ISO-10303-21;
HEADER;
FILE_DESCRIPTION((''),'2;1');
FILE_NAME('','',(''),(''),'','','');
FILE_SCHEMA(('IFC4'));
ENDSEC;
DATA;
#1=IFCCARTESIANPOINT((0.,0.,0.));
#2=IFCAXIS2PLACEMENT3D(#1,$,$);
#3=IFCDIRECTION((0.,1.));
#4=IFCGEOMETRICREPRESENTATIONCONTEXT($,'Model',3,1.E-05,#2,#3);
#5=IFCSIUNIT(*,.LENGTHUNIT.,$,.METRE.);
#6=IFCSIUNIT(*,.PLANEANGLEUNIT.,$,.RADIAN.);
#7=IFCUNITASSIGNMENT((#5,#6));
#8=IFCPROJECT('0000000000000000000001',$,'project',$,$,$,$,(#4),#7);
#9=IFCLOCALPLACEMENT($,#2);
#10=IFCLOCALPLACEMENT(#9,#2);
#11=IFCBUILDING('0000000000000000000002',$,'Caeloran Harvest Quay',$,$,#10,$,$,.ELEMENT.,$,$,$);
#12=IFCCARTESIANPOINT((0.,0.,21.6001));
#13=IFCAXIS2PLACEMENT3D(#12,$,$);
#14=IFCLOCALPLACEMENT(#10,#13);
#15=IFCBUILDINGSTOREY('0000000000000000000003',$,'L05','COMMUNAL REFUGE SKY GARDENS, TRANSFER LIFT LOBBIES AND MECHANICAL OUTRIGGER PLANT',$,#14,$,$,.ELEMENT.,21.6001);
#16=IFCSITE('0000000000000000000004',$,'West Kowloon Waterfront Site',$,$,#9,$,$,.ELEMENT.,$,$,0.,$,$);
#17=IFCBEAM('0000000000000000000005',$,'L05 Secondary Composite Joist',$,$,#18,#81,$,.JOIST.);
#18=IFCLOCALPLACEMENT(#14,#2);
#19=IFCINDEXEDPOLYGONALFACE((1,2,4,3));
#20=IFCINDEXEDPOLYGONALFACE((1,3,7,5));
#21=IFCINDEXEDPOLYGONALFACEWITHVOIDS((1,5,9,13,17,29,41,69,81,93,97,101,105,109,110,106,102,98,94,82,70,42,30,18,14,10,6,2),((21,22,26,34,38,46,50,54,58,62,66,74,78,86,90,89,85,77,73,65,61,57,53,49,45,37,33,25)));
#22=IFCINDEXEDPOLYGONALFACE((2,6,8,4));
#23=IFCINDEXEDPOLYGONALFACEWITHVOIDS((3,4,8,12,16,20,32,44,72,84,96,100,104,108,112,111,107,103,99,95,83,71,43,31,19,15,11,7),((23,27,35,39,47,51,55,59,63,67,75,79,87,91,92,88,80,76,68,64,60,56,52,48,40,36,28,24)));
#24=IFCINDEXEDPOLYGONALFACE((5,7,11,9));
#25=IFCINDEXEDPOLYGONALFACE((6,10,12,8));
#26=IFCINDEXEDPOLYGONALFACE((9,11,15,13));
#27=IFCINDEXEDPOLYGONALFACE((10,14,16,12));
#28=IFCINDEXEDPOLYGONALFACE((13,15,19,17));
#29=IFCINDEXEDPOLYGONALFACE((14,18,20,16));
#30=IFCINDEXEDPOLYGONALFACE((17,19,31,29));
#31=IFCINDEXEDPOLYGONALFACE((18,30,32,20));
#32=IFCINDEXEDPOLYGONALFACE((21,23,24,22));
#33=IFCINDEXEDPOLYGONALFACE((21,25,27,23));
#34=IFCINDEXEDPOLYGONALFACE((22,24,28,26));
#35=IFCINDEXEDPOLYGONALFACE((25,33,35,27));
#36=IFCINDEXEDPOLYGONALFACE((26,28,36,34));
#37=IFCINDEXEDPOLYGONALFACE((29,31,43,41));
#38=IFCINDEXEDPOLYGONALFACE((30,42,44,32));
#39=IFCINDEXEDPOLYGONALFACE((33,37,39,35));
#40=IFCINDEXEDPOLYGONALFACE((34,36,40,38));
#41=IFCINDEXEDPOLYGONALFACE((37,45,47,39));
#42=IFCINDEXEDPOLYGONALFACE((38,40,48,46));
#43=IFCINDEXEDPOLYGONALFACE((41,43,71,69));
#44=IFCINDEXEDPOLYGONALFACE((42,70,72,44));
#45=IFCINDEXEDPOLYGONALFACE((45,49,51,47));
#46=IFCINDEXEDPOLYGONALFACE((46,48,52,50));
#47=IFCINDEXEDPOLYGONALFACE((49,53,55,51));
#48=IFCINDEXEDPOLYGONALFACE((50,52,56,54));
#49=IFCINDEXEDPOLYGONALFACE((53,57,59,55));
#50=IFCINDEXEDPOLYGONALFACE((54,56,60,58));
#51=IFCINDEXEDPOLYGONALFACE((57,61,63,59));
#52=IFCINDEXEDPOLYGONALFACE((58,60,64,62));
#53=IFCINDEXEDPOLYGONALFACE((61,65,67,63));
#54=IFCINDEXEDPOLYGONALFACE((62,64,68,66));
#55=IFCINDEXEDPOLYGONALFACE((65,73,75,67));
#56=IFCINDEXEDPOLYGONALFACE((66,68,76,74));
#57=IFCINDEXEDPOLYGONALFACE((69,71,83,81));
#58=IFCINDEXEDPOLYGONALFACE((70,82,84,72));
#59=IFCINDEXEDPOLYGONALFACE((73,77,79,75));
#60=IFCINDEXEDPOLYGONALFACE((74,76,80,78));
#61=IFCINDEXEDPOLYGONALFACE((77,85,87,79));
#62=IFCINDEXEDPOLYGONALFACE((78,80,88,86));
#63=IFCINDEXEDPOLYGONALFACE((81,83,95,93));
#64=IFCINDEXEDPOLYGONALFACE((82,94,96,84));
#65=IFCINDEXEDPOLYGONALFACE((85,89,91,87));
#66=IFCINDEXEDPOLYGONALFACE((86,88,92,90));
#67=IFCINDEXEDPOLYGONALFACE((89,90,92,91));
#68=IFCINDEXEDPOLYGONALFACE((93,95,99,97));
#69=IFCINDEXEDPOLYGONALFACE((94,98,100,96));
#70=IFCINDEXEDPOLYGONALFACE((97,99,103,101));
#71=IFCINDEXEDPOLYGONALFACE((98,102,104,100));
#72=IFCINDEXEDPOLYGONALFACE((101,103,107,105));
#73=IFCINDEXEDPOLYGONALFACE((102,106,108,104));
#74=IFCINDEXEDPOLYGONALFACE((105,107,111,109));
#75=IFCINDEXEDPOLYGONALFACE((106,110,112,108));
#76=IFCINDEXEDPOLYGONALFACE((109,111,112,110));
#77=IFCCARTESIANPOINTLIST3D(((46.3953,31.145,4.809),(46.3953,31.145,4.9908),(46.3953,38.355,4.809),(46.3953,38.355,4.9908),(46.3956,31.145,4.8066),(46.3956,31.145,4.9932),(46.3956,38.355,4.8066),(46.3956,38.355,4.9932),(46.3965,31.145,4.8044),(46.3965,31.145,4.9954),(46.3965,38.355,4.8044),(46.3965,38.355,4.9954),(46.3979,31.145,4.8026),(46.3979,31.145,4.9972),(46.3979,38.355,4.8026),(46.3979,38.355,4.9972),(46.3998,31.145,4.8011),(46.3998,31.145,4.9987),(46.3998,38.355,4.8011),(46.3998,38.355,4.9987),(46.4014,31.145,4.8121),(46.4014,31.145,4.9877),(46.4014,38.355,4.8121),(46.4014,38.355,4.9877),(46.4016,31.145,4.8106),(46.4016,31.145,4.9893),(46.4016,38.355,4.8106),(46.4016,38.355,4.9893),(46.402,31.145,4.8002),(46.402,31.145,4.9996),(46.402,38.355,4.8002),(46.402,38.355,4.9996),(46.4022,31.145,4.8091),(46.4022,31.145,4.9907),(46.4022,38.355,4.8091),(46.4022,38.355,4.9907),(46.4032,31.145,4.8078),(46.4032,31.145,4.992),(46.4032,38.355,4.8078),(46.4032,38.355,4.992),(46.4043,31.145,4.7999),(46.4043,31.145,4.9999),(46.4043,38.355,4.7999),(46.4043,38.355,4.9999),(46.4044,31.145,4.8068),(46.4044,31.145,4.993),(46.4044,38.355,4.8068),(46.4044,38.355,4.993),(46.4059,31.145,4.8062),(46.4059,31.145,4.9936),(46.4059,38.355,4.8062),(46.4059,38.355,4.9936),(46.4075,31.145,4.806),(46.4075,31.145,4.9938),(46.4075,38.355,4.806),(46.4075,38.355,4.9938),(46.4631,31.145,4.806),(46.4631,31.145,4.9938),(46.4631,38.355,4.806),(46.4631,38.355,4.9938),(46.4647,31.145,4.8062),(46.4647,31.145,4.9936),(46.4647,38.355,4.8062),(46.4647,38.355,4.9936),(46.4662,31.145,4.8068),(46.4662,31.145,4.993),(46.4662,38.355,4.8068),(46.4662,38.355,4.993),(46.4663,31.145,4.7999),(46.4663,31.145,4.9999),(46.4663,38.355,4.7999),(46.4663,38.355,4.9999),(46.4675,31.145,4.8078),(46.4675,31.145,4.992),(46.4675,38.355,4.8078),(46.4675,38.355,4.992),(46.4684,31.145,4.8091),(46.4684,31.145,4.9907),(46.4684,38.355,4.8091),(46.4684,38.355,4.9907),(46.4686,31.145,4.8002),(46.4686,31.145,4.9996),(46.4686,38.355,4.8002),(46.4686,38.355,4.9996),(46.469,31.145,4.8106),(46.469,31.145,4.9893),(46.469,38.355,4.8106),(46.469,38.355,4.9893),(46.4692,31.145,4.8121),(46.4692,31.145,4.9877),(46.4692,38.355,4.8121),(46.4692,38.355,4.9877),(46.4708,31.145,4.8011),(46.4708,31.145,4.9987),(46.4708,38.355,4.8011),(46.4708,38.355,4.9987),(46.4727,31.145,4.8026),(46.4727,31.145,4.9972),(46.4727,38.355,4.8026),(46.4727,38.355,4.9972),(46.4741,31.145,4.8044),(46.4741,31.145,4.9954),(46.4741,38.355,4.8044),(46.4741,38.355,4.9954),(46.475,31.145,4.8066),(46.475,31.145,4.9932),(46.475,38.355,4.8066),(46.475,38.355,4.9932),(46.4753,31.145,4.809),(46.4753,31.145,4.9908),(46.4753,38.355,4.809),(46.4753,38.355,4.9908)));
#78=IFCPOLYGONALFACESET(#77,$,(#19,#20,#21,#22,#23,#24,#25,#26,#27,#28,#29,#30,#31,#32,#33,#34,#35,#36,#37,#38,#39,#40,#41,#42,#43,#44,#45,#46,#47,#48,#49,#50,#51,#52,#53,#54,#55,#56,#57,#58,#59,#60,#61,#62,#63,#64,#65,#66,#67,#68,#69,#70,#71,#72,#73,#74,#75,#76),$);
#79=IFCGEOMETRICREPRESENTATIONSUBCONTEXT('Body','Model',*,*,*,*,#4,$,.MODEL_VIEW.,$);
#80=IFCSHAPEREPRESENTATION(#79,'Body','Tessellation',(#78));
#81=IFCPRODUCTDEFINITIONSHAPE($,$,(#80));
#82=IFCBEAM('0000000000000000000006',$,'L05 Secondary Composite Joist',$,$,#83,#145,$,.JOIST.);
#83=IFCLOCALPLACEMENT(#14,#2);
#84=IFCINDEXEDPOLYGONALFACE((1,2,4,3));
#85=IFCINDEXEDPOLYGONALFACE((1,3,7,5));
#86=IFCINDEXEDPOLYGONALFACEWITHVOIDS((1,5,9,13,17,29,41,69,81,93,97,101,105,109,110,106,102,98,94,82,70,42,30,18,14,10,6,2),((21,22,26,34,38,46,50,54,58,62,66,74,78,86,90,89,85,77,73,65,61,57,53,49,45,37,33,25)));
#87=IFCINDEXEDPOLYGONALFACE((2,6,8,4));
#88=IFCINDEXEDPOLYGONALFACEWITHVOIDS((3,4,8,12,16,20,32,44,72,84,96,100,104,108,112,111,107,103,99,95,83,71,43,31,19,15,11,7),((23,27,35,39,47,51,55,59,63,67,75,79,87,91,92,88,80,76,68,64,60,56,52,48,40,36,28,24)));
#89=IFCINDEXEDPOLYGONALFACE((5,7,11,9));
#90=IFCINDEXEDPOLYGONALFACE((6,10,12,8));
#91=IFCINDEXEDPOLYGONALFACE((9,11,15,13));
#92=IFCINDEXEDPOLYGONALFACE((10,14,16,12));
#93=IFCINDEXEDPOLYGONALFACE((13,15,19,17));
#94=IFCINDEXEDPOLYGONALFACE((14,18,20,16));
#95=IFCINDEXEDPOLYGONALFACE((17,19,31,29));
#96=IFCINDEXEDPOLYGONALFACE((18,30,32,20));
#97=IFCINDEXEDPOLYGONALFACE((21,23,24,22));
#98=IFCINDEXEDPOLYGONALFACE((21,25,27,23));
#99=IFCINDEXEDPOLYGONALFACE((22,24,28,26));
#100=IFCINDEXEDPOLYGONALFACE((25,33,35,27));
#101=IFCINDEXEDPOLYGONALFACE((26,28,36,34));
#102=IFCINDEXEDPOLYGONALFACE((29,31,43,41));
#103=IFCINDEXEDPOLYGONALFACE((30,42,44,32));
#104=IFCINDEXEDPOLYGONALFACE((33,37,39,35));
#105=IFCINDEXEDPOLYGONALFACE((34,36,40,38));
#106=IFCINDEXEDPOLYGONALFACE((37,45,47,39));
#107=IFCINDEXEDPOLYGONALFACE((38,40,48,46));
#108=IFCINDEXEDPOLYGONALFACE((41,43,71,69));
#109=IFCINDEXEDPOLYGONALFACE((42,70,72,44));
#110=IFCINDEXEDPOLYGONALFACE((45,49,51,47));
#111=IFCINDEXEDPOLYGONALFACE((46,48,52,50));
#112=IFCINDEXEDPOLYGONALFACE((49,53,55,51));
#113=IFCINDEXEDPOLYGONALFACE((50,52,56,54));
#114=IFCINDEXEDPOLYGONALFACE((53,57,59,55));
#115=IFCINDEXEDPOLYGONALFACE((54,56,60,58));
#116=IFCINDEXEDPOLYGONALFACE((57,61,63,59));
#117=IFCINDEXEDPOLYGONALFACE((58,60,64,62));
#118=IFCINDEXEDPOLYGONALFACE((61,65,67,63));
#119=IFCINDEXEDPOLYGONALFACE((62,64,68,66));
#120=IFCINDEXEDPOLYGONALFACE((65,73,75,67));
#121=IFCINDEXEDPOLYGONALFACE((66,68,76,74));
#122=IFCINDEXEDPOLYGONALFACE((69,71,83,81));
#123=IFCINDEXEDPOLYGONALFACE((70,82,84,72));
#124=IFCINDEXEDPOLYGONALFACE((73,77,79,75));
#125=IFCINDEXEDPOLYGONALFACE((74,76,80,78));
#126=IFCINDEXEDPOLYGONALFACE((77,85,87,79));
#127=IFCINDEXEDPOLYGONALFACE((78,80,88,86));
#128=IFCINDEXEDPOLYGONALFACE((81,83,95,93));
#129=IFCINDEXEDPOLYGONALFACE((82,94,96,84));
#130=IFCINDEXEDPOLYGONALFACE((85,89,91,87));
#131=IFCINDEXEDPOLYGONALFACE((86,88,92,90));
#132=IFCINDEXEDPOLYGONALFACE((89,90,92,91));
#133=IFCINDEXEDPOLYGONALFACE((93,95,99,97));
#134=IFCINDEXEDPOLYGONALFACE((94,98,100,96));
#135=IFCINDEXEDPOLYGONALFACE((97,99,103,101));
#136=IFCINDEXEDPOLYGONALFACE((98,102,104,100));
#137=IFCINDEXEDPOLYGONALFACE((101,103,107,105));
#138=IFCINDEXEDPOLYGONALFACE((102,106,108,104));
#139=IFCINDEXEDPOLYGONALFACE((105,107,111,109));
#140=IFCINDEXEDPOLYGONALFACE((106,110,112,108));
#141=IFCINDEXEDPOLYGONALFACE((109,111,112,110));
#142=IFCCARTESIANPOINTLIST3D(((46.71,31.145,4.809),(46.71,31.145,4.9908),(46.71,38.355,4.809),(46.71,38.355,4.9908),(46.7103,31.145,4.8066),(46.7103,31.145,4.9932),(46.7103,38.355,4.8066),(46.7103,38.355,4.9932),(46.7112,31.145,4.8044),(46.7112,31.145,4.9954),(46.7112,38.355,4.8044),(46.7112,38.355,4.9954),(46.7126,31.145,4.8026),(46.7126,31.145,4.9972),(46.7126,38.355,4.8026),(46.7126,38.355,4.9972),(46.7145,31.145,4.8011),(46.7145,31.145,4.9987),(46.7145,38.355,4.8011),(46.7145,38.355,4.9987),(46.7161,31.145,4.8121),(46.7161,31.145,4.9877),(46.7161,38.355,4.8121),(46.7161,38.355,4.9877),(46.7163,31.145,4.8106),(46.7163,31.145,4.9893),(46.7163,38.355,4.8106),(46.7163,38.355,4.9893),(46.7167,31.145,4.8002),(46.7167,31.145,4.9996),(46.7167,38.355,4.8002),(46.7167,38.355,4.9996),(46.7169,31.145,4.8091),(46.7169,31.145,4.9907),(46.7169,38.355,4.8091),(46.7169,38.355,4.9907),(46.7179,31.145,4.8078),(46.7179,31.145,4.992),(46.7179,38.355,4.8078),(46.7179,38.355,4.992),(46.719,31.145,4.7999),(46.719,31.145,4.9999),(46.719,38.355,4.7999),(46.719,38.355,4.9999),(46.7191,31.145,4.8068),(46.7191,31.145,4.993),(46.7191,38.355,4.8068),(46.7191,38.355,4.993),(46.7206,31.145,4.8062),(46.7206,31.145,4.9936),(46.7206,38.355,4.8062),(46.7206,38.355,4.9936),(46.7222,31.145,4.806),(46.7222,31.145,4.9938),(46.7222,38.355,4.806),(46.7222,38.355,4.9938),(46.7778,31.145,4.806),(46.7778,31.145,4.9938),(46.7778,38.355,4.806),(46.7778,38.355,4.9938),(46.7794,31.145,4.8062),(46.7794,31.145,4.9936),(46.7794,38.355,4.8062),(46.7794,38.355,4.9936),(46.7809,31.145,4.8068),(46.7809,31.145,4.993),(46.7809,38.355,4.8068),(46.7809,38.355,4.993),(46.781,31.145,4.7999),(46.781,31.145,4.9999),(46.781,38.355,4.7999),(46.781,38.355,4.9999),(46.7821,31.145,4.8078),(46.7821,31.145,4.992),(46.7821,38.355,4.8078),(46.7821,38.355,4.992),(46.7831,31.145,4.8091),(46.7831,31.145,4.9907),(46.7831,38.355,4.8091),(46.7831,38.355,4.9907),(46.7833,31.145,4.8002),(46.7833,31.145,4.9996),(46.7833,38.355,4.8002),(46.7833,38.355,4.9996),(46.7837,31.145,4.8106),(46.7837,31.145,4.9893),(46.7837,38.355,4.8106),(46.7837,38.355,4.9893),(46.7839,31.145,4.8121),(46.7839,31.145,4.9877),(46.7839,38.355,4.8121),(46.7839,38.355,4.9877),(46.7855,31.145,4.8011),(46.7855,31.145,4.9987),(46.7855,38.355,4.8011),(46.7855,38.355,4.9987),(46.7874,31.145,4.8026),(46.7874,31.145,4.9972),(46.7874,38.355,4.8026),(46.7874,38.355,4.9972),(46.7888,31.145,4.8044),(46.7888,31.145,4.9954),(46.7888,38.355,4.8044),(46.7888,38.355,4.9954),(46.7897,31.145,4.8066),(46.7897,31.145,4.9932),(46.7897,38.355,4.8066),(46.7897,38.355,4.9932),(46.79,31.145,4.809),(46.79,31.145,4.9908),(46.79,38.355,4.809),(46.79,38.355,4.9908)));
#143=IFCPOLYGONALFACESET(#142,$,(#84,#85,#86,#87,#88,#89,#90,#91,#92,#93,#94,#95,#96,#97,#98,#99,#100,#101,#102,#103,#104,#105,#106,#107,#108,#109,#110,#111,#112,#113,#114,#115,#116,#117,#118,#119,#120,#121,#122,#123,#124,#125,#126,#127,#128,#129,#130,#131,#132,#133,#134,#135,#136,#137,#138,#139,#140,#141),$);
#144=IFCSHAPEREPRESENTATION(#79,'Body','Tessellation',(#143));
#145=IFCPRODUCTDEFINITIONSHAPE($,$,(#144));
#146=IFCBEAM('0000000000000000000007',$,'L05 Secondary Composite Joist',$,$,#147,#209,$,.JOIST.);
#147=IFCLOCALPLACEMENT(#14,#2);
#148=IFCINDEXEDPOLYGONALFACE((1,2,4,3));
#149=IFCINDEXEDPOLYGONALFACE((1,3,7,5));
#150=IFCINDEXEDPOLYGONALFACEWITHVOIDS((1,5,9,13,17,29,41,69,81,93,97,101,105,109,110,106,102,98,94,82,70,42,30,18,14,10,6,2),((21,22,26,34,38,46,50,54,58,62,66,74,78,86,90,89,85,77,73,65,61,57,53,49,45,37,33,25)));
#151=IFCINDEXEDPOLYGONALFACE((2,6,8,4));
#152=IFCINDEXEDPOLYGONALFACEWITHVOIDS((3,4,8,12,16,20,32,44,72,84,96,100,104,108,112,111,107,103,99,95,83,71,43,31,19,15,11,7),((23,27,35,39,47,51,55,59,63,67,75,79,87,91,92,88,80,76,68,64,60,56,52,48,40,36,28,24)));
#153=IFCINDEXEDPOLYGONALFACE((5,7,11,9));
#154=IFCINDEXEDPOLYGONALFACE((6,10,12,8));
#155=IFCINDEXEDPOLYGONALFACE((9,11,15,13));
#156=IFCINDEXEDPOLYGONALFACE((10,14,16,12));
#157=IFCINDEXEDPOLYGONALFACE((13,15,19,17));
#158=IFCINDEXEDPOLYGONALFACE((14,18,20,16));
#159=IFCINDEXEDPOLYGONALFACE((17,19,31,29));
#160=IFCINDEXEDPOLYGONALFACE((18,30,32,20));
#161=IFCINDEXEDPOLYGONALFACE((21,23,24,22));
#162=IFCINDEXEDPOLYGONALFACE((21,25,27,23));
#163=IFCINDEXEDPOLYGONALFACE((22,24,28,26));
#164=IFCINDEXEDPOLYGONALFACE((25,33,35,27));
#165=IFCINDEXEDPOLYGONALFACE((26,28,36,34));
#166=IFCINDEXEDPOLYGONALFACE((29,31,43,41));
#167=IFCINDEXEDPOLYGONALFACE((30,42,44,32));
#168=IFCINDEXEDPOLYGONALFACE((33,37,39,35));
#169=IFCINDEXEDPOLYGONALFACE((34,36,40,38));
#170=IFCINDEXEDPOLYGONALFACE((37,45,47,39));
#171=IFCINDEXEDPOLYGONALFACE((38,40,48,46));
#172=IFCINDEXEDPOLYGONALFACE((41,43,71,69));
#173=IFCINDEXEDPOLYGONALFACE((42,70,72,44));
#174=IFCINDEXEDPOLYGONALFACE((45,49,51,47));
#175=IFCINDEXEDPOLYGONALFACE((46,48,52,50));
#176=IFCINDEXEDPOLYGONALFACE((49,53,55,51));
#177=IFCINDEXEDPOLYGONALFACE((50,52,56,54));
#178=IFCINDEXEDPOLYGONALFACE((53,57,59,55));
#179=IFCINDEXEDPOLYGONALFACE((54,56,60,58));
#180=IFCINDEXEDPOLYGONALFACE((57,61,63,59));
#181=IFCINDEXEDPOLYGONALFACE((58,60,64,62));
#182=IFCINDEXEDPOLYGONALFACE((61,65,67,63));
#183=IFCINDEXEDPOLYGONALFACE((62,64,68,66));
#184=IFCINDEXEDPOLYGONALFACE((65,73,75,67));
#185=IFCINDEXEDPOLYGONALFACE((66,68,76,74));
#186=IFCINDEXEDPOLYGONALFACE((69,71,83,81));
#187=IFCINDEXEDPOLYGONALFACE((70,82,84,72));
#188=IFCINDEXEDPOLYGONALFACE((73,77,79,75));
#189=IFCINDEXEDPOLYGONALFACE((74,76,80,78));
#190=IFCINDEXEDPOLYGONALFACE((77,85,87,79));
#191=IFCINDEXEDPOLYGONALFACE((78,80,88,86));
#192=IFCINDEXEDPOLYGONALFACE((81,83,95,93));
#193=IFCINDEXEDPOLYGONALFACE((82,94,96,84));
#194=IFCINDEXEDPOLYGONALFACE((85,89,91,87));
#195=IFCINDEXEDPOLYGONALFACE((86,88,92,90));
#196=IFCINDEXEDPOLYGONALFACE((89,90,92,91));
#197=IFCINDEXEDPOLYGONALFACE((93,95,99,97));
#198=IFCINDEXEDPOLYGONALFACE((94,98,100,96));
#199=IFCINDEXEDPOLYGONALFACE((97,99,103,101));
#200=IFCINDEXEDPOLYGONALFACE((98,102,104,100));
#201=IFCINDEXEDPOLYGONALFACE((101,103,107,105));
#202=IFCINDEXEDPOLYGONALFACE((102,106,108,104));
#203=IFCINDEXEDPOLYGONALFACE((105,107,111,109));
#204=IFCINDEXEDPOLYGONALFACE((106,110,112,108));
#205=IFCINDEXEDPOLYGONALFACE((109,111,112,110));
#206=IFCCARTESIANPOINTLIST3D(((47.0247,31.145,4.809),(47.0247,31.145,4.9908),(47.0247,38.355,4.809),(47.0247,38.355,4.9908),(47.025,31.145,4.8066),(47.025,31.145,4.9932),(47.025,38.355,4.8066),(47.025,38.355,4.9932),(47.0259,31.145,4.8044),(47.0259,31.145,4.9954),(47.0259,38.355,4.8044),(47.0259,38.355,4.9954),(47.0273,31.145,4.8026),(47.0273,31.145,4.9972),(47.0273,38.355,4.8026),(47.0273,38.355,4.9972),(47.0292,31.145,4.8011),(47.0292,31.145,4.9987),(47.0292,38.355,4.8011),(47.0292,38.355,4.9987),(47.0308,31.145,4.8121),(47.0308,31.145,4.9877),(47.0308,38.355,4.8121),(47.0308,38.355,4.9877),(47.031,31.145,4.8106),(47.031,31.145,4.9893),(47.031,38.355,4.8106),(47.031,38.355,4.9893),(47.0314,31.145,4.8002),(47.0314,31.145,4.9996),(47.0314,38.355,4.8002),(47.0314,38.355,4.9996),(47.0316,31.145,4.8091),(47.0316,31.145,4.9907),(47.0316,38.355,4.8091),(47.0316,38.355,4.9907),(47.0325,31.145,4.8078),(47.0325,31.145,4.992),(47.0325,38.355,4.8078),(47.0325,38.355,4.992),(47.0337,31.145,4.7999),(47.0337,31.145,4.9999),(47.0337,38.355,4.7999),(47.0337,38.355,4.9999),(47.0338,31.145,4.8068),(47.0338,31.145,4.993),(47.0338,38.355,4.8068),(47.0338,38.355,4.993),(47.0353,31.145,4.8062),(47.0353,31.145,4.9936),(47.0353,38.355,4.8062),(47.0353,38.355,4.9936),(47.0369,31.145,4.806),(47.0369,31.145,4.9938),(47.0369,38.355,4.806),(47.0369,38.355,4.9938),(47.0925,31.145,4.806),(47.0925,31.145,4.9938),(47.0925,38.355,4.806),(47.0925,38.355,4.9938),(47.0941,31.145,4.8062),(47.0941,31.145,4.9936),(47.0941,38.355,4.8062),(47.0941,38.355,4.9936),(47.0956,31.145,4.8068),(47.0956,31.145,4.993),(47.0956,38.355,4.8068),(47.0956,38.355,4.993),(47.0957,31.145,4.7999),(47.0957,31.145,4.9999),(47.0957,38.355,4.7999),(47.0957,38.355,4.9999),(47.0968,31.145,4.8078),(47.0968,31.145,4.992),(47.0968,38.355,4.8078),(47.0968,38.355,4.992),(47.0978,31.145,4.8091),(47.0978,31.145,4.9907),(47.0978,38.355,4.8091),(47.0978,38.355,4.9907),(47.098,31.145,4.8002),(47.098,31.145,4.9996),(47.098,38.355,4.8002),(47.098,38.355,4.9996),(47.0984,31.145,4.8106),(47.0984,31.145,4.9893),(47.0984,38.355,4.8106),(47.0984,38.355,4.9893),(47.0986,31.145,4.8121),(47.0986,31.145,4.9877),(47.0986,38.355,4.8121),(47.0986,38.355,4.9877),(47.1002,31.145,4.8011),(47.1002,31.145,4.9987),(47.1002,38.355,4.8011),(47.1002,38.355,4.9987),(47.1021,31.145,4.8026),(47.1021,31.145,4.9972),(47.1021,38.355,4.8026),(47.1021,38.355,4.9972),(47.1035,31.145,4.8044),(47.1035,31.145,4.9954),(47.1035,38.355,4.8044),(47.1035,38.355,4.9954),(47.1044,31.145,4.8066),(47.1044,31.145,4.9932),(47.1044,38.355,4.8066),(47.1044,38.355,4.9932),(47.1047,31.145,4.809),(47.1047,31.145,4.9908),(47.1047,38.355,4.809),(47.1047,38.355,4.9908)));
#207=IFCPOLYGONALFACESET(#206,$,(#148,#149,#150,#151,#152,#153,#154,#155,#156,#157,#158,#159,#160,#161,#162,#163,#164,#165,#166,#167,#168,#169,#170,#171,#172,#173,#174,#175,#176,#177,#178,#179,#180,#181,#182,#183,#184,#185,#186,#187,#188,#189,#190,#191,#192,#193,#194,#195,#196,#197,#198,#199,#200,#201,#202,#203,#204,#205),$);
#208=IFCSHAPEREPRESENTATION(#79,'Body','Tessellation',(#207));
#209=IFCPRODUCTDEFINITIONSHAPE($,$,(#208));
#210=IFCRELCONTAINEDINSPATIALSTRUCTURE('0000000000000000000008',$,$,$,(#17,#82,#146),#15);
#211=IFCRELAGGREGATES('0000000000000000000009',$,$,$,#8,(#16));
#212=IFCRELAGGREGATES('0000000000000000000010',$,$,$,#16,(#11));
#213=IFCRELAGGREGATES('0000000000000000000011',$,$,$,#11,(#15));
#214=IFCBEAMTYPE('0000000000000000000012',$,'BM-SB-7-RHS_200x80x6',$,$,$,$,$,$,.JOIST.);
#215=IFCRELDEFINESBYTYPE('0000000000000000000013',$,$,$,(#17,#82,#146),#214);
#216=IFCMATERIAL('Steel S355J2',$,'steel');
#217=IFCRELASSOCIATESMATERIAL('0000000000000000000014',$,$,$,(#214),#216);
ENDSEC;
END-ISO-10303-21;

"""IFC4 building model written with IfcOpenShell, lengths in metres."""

from ifc_helpers import new_model, si_unit, direction, frame, origin, origin_2d, place, context, subcontext, project, spatial, hollow_rectangle, extrude, material, material_profile, profile_set, type_object, element, save


model = new_model("IFC4")

# Units and contexts
model_context = context("Model", 3, precision=1e-05, world=origin(), true_north=direction((0.0, 1.0)))
body_context = subcontext(model_context, "Body", "Model", "MODEL_VIEW")
ifc_project = project(units=[si_unit("LENGTHUNIT", "METRE"), si_unit("PLANEANGLEUNIT", "RADIAN")], contexts=[model_context])

# Site, building, storey
site_placement = place(None, origin())
site = spatial("IfcSite", under=ifc_project, at=site_placement, Name="West Kowloon Waterfront Site", CompositionType="ELEMENT", RefElevation=0.0)
building_placement = place(site_placement, origin())
building = spatial("IfcBuilding", under=site, at=building_placement, Name="Caeloran Harvest Quay", CompositionType="ELEMENT")
storey_placement = place(building_placement, frame((0.0, 0.0, 21.6001)))
storey = spatial("IfcBuildingStorey", under=building, at=storey_placement, Name="L05", Description="COMMUNAL REFUGE SKY GARDENS, TRANSFER LIFT LOBBIES AND MECHANICAL OUTRIGGER PLANT", CompositionType="ELEMENT", Elevation=21.6001)

# Beams
ifc_material_1 = material(Name="Steel S355J2", Category="steel")
ifc_material_profile_1 = material_profile(ifc_material_1, hollow_rectangle(XDim=0.0801, YDim=0.2, WallThickness=0.0061, InnerFilletRadius=0.0061, OuterFilletRadius=0.009, at=origin_2d()), Name="RHS 200x80x6")
ifc_profile_set_1 = profile_set([ifc_material_profile_1], Name="Steel S355J2")
beam_type_1 = type_object("IfcBeamType", Name="BM-SB-7-RHS_200x80x6", PredefinedType="JOIST", material=ifc_profile_set_1)
for number, where, z_axis, x_axis, name in (
    (1, (46.4353, 31.145, 4.8999), (0.0, 1.0, 0.0), (-1.0, 0.0, 0.0), "L05 Secondary Composite Joist"),
    (2, (46.75, 31.145, 4.8999), (0.0, 1.0, 0.0), (-1.0, 0.0, 0.0), "L05 Secondary Composite Joist"),
    (3, (47.0647, 31.145, 4.8999), (0.0, 1.0, 0.0), (-1.0, 0.0, 0.0), "L05 Secondary Composite Joist"),
):
    element("IfcBeam", number, at=place(storey_placement, frame(where, z_axis=z_axis, x_axis=x_axis)), inside=storey, type_object=beam_type_1, Name=name, PredefinedType="JOIST", context=body_context, shape_type="SweptSolid", body=[
        extrude(hollow_rectangle(XDim=0.0801, YDim=0.2, WallThickness=0.0061, InnerFilletRadius=0.0061, OuterFilletRadius=0.009, at=origin_2d()), origin(), (0.0, 0.0, 1.0), 7.21),
    ])

save(model, "model.ifc")
